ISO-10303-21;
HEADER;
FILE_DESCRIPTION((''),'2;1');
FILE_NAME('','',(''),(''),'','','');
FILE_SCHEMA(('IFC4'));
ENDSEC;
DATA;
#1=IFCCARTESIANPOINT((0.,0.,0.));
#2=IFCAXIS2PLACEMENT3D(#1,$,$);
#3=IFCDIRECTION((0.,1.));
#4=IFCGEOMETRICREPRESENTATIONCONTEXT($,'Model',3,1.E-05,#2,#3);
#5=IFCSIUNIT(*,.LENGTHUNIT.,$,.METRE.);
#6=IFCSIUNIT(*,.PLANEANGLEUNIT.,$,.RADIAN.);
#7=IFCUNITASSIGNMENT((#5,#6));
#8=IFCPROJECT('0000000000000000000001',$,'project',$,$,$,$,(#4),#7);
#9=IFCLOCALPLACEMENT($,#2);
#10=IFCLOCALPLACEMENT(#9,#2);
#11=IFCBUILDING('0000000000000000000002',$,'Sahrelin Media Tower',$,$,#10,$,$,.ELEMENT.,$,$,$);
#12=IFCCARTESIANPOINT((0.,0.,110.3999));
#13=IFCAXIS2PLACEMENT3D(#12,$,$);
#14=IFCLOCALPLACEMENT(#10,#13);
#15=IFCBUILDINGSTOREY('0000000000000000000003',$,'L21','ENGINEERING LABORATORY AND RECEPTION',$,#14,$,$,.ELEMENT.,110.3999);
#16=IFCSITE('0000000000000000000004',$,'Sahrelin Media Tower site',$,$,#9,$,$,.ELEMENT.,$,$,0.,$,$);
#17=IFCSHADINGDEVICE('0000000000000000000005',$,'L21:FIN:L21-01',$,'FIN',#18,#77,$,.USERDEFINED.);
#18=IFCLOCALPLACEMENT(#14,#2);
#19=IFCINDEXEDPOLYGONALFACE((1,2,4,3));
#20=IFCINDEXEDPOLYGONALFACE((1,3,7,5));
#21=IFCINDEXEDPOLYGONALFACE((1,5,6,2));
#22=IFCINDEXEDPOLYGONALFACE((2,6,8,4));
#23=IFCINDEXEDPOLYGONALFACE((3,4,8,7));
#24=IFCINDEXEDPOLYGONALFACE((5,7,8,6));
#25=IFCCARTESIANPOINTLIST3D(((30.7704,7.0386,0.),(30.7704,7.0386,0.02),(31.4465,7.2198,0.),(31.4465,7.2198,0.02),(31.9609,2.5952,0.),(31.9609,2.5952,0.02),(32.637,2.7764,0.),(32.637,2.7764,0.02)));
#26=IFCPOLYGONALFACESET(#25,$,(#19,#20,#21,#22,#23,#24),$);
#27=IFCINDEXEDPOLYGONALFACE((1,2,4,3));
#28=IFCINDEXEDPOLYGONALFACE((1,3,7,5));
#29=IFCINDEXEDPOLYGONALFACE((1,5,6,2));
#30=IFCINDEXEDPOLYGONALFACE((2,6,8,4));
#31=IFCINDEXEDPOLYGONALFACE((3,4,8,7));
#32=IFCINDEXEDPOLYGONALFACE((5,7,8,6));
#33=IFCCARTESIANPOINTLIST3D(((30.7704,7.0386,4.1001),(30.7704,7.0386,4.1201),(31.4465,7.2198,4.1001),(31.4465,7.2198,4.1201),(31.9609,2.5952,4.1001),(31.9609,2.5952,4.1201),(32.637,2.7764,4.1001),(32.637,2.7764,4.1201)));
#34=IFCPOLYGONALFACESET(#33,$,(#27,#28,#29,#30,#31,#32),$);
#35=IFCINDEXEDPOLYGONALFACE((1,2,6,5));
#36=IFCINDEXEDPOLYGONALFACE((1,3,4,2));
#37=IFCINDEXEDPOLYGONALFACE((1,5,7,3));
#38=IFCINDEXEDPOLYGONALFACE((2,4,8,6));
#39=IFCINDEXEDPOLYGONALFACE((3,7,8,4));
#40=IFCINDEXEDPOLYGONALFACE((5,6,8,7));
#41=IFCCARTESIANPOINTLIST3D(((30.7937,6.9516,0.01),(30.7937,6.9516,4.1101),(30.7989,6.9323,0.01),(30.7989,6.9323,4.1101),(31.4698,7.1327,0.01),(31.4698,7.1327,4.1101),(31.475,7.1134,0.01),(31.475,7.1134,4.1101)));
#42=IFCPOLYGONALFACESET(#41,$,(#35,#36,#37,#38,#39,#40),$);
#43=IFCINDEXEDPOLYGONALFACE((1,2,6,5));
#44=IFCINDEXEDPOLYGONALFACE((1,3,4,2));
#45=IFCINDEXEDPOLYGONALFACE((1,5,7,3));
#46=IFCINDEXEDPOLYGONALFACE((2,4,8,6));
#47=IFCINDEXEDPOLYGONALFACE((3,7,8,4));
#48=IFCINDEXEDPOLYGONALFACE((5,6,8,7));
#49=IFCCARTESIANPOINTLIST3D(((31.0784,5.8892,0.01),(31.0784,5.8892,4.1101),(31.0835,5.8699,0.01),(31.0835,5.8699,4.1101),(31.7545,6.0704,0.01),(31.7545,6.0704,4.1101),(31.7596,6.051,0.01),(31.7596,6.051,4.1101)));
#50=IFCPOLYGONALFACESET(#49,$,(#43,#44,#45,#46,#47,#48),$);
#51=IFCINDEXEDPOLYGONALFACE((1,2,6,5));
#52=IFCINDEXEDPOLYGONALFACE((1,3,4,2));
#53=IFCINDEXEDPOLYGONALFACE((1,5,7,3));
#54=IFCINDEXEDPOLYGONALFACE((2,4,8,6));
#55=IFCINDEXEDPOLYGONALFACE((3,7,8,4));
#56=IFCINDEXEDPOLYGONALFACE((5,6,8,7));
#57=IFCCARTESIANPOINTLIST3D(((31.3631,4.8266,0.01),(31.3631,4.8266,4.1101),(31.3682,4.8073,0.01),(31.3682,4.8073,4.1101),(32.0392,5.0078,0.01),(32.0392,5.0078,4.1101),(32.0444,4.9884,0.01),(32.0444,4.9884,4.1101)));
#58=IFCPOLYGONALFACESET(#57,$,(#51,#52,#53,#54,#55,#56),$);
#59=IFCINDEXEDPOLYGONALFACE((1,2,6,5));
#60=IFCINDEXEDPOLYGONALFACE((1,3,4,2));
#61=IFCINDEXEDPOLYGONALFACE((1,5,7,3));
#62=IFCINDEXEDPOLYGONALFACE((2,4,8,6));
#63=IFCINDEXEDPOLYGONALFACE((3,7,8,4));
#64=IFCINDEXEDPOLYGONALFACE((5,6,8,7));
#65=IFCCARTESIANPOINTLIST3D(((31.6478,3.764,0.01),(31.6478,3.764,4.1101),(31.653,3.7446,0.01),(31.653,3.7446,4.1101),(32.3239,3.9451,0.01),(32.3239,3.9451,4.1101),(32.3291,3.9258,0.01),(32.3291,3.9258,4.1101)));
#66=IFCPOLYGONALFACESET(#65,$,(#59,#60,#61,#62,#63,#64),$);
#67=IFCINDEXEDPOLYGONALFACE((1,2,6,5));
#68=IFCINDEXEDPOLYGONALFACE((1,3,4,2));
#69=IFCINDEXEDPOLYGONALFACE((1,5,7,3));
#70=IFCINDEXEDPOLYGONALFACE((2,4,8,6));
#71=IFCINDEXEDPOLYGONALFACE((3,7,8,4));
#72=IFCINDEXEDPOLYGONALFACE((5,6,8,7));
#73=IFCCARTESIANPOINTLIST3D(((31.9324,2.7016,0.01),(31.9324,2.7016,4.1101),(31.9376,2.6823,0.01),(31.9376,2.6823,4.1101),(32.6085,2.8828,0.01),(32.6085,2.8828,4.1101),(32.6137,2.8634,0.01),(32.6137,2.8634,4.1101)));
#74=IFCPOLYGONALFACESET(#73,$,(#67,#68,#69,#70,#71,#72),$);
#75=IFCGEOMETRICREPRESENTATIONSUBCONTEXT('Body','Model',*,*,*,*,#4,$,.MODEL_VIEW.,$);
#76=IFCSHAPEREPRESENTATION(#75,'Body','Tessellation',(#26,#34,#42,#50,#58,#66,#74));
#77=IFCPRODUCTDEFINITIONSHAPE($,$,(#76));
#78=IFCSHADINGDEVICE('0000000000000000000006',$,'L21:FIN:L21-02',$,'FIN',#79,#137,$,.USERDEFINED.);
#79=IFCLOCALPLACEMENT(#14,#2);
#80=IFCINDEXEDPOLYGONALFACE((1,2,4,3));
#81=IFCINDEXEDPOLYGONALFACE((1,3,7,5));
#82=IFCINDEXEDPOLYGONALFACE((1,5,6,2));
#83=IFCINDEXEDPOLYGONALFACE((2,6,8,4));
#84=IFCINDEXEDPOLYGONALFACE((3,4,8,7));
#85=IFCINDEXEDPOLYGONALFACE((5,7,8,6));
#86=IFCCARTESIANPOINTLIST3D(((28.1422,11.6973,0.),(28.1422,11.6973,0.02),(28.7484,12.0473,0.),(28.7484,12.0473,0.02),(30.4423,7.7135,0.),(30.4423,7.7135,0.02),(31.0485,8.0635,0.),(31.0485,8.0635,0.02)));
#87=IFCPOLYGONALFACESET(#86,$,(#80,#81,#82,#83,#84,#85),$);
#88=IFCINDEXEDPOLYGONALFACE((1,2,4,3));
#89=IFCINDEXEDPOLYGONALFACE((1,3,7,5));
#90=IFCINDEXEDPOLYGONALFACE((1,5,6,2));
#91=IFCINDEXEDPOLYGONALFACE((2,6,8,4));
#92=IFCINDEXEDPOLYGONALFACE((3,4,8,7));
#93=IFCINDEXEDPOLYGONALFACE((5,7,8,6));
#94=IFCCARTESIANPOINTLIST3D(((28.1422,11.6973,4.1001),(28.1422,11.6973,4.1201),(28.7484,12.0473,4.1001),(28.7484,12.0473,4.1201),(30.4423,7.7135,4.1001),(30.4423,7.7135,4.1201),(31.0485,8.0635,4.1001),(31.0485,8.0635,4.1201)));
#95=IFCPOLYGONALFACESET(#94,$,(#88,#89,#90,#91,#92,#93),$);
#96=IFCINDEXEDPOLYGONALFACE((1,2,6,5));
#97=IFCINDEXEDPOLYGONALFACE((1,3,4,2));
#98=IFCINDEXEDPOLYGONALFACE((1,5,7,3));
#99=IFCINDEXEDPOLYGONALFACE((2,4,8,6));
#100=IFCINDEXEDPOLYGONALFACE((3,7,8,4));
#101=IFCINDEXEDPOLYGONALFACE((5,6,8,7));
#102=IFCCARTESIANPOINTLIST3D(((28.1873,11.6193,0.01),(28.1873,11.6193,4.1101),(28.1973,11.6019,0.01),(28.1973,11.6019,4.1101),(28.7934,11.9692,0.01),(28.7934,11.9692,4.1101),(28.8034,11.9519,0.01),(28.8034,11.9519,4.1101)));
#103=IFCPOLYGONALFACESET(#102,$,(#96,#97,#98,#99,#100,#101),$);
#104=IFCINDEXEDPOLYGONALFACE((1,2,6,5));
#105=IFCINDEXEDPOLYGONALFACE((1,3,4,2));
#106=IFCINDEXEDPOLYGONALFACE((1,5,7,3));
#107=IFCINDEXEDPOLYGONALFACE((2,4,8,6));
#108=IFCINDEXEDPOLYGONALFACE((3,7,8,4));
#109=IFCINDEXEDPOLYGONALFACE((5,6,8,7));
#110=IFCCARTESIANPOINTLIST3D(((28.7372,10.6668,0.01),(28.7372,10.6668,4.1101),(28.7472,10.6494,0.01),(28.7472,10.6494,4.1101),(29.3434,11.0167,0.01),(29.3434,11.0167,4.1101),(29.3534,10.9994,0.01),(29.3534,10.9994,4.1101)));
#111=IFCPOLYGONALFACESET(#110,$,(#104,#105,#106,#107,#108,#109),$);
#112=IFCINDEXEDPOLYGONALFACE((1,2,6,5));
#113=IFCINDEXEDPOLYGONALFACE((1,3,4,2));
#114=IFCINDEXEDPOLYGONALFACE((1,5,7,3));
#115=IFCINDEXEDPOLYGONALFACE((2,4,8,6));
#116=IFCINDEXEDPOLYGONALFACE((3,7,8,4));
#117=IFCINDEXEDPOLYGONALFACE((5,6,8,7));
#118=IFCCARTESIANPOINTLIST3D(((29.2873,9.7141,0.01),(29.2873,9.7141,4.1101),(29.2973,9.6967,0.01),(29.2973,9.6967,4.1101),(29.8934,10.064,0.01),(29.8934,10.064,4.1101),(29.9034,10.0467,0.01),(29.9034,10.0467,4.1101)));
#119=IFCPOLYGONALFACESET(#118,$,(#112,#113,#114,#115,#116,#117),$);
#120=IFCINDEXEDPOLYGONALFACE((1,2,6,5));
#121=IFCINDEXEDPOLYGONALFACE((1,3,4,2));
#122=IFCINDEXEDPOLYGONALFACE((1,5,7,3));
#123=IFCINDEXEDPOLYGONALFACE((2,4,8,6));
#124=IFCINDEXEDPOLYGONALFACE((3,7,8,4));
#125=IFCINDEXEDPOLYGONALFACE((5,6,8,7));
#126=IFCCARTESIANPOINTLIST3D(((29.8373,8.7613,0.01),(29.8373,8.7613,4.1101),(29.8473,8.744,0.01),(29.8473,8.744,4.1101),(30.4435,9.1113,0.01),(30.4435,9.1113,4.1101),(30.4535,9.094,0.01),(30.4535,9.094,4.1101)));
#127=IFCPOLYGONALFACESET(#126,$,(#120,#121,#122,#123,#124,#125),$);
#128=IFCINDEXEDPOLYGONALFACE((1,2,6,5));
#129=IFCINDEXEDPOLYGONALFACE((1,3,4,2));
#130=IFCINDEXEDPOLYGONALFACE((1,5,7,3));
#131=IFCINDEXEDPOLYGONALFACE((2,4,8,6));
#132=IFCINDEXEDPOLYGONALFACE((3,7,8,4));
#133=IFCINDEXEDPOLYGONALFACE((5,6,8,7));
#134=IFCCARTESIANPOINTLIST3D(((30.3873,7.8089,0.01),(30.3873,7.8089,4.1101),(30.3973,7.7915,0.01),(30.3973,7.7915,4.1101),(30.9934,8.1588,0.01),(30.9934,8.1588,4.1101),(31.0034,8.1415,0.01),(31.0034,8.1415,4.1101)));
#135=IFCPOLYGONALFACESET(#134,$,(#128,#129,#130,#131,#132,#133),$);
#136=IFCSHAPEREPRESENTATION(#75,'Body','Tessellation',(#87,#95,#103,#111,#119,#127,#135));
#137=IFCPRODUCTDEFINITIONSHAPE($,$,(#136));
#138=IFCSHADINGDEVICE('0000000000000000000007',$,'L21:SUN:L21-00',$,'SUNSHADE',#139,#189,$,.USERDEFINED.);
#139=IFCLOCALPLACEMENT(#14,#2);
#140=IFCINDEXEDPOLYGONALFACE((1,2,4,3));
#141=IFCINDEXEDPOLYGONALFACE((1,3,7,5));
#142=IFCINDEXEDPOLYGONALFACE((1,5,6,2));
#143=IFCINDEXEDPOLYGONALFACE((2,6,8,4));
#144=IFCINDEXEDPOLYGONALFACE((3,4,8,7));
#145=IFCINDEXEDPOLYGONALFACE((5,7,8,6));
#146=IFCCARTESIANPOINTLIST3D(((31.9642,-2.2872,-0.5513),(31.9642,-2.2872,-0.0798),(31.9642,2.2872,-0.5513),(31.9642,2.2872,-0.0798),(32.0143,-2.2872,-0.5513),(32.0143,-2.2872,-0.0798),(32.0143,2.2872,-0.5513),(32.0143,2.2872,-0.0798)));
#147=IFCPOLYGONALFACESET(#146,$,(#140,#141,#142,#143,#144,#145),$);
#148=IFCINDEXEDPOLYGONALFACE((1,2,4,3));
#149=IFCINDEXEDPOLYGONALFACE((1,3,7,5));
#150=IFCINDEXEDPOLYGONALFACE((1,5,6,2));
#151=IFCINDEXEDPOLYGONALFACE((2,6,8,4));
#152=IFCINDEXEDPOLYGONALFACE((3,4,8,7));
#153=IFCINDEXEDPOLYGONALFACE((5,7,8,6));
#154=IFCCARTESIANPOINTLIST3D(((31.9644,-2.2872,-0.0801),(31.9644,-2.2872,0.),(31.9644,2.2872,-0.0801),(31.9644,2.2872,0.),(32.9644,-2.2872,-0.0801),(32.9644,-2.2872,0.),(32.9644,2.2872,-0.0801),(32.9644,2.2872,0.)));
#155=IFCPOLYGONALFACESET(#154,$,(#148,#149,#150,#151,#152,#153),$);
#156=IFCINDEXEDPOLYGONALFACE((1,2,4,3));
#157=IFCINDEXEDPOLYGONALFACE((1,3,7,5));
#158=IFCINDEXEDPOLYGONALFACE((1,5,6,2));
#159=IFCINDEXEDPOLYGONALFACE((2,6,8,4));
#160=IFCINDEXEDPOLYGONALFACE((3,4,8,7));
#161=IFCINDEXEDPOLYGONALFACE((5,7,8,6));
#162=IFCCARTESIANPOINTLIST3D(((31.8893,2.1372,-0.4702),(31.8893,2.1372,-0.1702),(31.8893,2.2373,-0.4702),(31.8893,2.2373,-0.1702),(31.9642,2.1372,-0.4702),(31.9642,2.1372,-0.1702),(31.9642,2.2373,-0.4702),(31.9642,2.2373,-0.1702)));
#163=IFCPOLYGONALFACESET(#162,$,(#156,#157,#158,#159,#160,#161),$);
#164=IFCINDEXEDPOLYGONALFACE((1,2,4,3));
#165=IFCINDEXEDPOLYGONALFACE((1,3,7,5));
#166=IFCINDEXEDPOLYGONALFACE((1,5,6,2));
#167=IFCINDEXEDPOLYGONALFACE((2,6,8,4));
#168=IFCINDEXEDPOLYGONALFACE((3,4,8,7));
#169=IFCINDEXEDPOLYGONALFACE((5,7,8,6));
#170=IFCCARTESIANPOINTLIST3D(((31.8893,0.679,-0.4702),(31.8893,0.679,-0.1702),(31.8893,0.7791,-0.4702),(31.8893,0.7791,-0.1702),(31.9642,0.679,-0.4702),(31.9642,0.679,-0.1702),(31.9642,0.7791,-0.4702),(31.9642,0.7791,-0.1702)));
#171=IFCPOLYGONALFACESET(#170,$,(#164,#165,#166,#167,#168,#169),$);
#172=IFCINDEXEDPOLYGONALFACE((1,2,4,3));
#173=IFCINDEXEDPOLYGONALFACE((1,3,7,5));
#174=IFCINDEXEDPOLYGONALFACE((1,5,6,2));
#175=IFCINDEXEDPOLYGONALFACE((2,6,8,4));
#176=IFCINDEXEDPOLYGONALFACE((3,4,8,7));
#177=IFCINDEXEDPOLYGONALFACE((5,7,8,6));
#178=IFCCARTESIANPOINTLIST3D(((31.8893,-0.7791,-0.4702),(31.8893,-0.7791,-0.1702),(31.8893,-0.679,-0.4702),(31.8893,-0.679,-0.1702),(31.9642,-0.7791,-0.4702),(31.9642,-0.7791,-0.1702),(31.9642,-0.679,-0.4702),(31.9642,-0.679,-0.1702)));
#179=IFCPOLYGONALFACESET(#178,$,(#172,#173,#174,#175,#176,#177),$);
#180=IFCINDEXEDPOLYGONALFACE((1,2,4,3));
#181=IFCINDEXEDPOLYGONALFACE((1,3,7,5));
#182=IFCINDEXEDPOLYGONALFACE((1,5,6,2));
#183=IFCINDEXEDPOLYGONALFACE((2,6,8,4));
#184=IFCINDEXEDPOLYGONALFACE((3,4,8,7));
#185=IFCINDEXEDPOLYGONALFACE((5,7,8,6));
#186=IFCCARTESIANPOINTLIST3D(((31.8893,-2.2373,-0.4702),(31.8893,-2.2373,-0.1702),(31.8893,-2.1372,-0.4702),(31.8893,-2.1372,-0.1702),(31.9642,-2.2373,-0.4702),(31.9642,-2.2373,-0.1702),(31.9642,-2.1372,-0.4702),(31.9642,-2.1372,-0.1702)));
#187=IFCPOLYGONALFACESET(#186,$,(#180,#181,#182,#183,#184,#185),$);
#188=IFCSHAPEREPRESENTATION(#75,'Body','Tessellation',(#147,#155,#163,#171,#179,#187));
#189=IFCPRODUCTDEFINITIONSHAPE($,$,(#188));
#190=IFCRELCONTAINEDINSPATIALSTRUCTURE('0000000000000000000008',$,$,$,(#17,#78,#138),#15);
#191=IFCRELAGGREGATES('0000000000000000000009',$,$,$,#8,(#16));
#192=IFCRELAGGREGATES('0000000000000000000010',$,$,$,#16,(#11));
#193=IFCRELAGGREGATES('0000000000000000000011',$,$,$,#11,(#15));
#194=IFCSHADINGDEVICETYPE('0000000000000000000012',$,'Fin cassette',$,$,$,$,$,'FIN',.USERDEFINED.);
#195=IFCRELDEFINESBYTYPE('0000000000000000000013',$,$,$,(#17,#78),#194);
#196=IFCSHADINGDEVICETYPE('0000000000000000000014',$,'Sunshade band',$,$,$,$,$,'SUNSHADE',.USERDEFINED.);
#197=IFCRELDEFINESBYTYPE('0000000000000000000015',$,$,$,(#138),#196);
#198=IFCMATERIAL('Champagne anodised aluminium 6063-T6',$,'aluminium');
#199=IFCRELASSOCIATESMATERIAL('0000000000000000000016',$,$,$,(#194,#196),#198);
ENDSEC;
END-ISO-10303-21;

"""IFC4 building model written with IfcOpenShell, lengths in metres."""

from ifc_helpers import new_model, si_unit, direction, frame, origin, origin_2d, place, context, subcontext, project, spatial, rectangle, extrude, material, type_object, element, save


model = new_model("IFC4")

# Units and contexts
model_context = context("Model", 3, precision=1e-05, world=origin(), true_north=direction((0.0, 1.0)))
body_context = subcontext(model_context, "Body", "Model", "MODEL_VIEW")
ifc_project = project(units=[si_unit("LENGTHUNIT", "METRE"), si_unit("PLANEANGLEUNIT", "RADIAN")], contexts=[model_context])

# Site, building, storey
site_placement = place(None, origin())
site = spatial("IfcSite", under=ifc_project, at=site_placement, Name="Sahrelin Media Tower site", CompositionType="ELEMENT", RefElevation=0.0)
building_placement = place(site_placement, origin())
building = spatial("IfcBuilding", under=site, at=building_placement, Name="Sahrelin Media Tower", CompositionType="ELEMENT")
storey_placement = place(building_placement, frame((0.0, 0.0, 110.3999)))
storey = spatial("IfcBuildingStorey", under=building, at=storey_placement, Name="L21", Description="ENGINEERING LABORATORY AND RECEPTION", CompositionType="ELEMENT", Elevation=110.3999)

# Shared definitions
ifc_material_1 = material(Name="Champagne anodised aluminium 6063-T6", Category="aluminium")

# Shading devices
shading_device_type_1 = type_object("IfcShadingDeviceType", Name="Fin cassette", ElementType="FIN", PredefinedType="USERDEFINED", material=ifc_material_1)
placement_1 = place(storey_placement, frame((31.9443, 0.0, 0.0), z_axis=(0.0, 0.0, 1.0), x_axis=(0.0, -1.0, 0.0)))
placement_2 = place(storey_placement, frame((31.2981, 4.7988, 0.0), z_axis=(0.0, 0.0, 1.0), x_axis=(0.258808, -0.965929, 0.0)))
element("IfcShadingDevice", 1, at=placement_2, inside=storey, type_object=shading_device_type_1, Name="L21:FIN:L21-01", ObjectType="FIN", PredefinedType="USERDEFINED", context=body_context, shape_type="SweptSolid", body=[
    extrude(rectangle(XDim=4.6001, YDim=0.7, at=origin_2d()), frame((0.0, 0.4199, 0.0)), (0.0, 0.0, 1.0), 0.02),
    extrude(rectangle(XDim=4.6001, YDim=0.7, at=origin_2d()), frame((0.0, 0.4199, 4.1001)), (0.0, 0.0, 1.0), 0.02),
    extrude(rectangle(XDim=0.02, YDim=0.7, at=origin_2d()), frame((-2.2, 0.4199, 0.01), z_axis=(0.0, 0.0, 1.0), x_axis=(1.0, 0.0, 0.0)), (0.0, 0.0, 1.0), 4.1001),
    extrude(rectangle(XDim=0.02, YDim=0.7, at=origin_2d()), frame((-1.1001, 0.4199, 0.01), z_axis=(0.0, 0.0, 1.0), x_axis=(1.0, 0.0, 0.0)), (0.0, 0.0, 1.0), 4.1001),
    extrude(rectangle(XDim=0.02, YDim=0.7, at=origin_2d()), frame((0.0, 0.4199, 0.01), z_axis=(0.0, 0.0, 1.0), x_axis=(1.0, 0.0, 0.0)), (0.0, 0.0, 1.0), 4.1001),
    extrude(rectangle(XDim=0.02, YDim=0.7, at=origin_2d()), frame((1.1001, 0.4199, 0.01), z_axis=(0.0, 0.0, 1.0), x_axis=(1.0, 0.0, 0.0)), (0.0, 0.0, 1.0), 4.1001),
    extrude(rectangle(XDim=0.02, YDim=0.7, at=origin_2d()), frame((2.2, 0.4199, 0.01), z_axis=(0.0, 0.0, 1.0), x_axis=(1.0, 0.0, 0.0)), (0.0, 0.0, 1.0), 4.1001),
])
placement_3 = place(storey_placement, frame((29.2317, 9.6704, 0.0), z_axis=(0.0, 0.0, 1.0), x_axis=(0.500011, -0.866019, 0.0)))
element("IfcShadingDevice", 2, at=placement_3, inside=storey, type_object=shading_device_type_1, Name="L21:FIN:L21-02", ObjectType="FIN", PredefinedType="USERDEFINED", context=body_context, shape_type="SweptSolid", body=[
    extrude(rectangle(XDim=4.6001, YDim=0.7, at=origin_2d()), frame((0.0, 0.4199, 0.0)), (0.0, 0.0, 1.0), 0.02),
    extrude(rectangle(XDim=4.6001, YDim=0.7, at=origin_2d()), frame((0.0, 0.4199, 4.1001)), (0.0, 0.0, 1.0), 0.02),
    extrude(rectangle(XDim=0.02, YDim=0.7, at=origin_2d()), frame((-2.2, 0.4199, 0.01), z_axis=(0.0, 0.0, 1.0), x_axis=(1.0, 0.0, 0.0)), (0.0, 0.0, 1.0), 4.1001),
    extrude(rectangle(XDim=0.02, YDim=0.7, at=origin_2d()), frame((-1.1001, 0.4199, 0.01), z_axis=(0.0, 0.0, 1.0), x_axis=(1.0, 0.0, 0.0)), (0.0, 0.0, 1.0), 4.1001),
    extrude(rectangle(XDim=0.02, YDim=0.7, at=origin_2d()), frame((0.0, 0.4199, 0.01), z_axis=(0.0, 0.0, 1.0), x_axis=(1.0, 0.0, 0.0)), (0.0, 0.0, 1.0), 4.1001),
    extrude(rectangle(XDim=0.02, YDim=0.7, at=origin_2d()), frame((1.1001, 0.4199, 0.01), z_axis=(0.0, 0.0, 1.0), x_axis=(1.0, 0.0, 0.0)), (0.0, 0.0, 1.0), 4.1001),
    extrude(rectangle(XDim=0.02, YDim=0.7, at=origin_2d()), frame((2.2, 0.4199, 0.01), z_axis=(0.0, 0.0, 1.0), x_axis=(1.0, 0.0, 0.0)), (0.0, 0.0, 1.0), 4.1001),
])
shading_device_type_2 = type_object("IfcShadingDeviceType", Name="Sunshade band", ElementType="SUNSHADE", PredefinedType="USERDEFINED", material=ifc_material_1)
element("IfcShadingDevice", 3, at=placement_1, inside=storey, type_object=shading_device_type_2, Name="L21:SUN:L21-00", ObjectType="SUNSHADE", PredefinedType="USERDEFINED", context=body_context, shape_type="SweptSolid", body=[
    extrude(rectangle(XDim=4.5745, YDim=0.05, at=origin_2d()), frame((0.0, 0.0449, -0.5513)), (0.0, 0.0, 1.0), 0.4714),
    extrude(rectangle(XDim=4.5745, YDim=1.0, at=origin_2d()), frame((0.0, 0.52, -0.0801)), (0.0, 0.0, 1.0), 0.0801),
    extrude(rectangle(XDim=0.1001, YDim=0.075, at=origin_2d()), frame((-2.1873, -0.0176, -0.4702)), (0.0, 0.0, 1.0), 0.3),
    extrude(rectangle(XDim=0.1001, YDim=0.075, at=origin_2d()), frame((-0.729, -0.0176, -0.4702)), (0.0, 0.0, 1.0), 0.3),
    extrude(rectangle(XDim=0.1001, YDim=0.075, at=origin_2d()), frame((0.729, -0.0176, -0.4702)), (0.0, 0.0, 1.0), 0.3),
    extrude(rectangle(XDim=0.1001, YDim=0.075, at=origin_2d()), frame((2.1873, -0.0176, -0.4702)), (0.0, 0.0, 1.0), 0.3),
])

save(model, "model.ifc")
